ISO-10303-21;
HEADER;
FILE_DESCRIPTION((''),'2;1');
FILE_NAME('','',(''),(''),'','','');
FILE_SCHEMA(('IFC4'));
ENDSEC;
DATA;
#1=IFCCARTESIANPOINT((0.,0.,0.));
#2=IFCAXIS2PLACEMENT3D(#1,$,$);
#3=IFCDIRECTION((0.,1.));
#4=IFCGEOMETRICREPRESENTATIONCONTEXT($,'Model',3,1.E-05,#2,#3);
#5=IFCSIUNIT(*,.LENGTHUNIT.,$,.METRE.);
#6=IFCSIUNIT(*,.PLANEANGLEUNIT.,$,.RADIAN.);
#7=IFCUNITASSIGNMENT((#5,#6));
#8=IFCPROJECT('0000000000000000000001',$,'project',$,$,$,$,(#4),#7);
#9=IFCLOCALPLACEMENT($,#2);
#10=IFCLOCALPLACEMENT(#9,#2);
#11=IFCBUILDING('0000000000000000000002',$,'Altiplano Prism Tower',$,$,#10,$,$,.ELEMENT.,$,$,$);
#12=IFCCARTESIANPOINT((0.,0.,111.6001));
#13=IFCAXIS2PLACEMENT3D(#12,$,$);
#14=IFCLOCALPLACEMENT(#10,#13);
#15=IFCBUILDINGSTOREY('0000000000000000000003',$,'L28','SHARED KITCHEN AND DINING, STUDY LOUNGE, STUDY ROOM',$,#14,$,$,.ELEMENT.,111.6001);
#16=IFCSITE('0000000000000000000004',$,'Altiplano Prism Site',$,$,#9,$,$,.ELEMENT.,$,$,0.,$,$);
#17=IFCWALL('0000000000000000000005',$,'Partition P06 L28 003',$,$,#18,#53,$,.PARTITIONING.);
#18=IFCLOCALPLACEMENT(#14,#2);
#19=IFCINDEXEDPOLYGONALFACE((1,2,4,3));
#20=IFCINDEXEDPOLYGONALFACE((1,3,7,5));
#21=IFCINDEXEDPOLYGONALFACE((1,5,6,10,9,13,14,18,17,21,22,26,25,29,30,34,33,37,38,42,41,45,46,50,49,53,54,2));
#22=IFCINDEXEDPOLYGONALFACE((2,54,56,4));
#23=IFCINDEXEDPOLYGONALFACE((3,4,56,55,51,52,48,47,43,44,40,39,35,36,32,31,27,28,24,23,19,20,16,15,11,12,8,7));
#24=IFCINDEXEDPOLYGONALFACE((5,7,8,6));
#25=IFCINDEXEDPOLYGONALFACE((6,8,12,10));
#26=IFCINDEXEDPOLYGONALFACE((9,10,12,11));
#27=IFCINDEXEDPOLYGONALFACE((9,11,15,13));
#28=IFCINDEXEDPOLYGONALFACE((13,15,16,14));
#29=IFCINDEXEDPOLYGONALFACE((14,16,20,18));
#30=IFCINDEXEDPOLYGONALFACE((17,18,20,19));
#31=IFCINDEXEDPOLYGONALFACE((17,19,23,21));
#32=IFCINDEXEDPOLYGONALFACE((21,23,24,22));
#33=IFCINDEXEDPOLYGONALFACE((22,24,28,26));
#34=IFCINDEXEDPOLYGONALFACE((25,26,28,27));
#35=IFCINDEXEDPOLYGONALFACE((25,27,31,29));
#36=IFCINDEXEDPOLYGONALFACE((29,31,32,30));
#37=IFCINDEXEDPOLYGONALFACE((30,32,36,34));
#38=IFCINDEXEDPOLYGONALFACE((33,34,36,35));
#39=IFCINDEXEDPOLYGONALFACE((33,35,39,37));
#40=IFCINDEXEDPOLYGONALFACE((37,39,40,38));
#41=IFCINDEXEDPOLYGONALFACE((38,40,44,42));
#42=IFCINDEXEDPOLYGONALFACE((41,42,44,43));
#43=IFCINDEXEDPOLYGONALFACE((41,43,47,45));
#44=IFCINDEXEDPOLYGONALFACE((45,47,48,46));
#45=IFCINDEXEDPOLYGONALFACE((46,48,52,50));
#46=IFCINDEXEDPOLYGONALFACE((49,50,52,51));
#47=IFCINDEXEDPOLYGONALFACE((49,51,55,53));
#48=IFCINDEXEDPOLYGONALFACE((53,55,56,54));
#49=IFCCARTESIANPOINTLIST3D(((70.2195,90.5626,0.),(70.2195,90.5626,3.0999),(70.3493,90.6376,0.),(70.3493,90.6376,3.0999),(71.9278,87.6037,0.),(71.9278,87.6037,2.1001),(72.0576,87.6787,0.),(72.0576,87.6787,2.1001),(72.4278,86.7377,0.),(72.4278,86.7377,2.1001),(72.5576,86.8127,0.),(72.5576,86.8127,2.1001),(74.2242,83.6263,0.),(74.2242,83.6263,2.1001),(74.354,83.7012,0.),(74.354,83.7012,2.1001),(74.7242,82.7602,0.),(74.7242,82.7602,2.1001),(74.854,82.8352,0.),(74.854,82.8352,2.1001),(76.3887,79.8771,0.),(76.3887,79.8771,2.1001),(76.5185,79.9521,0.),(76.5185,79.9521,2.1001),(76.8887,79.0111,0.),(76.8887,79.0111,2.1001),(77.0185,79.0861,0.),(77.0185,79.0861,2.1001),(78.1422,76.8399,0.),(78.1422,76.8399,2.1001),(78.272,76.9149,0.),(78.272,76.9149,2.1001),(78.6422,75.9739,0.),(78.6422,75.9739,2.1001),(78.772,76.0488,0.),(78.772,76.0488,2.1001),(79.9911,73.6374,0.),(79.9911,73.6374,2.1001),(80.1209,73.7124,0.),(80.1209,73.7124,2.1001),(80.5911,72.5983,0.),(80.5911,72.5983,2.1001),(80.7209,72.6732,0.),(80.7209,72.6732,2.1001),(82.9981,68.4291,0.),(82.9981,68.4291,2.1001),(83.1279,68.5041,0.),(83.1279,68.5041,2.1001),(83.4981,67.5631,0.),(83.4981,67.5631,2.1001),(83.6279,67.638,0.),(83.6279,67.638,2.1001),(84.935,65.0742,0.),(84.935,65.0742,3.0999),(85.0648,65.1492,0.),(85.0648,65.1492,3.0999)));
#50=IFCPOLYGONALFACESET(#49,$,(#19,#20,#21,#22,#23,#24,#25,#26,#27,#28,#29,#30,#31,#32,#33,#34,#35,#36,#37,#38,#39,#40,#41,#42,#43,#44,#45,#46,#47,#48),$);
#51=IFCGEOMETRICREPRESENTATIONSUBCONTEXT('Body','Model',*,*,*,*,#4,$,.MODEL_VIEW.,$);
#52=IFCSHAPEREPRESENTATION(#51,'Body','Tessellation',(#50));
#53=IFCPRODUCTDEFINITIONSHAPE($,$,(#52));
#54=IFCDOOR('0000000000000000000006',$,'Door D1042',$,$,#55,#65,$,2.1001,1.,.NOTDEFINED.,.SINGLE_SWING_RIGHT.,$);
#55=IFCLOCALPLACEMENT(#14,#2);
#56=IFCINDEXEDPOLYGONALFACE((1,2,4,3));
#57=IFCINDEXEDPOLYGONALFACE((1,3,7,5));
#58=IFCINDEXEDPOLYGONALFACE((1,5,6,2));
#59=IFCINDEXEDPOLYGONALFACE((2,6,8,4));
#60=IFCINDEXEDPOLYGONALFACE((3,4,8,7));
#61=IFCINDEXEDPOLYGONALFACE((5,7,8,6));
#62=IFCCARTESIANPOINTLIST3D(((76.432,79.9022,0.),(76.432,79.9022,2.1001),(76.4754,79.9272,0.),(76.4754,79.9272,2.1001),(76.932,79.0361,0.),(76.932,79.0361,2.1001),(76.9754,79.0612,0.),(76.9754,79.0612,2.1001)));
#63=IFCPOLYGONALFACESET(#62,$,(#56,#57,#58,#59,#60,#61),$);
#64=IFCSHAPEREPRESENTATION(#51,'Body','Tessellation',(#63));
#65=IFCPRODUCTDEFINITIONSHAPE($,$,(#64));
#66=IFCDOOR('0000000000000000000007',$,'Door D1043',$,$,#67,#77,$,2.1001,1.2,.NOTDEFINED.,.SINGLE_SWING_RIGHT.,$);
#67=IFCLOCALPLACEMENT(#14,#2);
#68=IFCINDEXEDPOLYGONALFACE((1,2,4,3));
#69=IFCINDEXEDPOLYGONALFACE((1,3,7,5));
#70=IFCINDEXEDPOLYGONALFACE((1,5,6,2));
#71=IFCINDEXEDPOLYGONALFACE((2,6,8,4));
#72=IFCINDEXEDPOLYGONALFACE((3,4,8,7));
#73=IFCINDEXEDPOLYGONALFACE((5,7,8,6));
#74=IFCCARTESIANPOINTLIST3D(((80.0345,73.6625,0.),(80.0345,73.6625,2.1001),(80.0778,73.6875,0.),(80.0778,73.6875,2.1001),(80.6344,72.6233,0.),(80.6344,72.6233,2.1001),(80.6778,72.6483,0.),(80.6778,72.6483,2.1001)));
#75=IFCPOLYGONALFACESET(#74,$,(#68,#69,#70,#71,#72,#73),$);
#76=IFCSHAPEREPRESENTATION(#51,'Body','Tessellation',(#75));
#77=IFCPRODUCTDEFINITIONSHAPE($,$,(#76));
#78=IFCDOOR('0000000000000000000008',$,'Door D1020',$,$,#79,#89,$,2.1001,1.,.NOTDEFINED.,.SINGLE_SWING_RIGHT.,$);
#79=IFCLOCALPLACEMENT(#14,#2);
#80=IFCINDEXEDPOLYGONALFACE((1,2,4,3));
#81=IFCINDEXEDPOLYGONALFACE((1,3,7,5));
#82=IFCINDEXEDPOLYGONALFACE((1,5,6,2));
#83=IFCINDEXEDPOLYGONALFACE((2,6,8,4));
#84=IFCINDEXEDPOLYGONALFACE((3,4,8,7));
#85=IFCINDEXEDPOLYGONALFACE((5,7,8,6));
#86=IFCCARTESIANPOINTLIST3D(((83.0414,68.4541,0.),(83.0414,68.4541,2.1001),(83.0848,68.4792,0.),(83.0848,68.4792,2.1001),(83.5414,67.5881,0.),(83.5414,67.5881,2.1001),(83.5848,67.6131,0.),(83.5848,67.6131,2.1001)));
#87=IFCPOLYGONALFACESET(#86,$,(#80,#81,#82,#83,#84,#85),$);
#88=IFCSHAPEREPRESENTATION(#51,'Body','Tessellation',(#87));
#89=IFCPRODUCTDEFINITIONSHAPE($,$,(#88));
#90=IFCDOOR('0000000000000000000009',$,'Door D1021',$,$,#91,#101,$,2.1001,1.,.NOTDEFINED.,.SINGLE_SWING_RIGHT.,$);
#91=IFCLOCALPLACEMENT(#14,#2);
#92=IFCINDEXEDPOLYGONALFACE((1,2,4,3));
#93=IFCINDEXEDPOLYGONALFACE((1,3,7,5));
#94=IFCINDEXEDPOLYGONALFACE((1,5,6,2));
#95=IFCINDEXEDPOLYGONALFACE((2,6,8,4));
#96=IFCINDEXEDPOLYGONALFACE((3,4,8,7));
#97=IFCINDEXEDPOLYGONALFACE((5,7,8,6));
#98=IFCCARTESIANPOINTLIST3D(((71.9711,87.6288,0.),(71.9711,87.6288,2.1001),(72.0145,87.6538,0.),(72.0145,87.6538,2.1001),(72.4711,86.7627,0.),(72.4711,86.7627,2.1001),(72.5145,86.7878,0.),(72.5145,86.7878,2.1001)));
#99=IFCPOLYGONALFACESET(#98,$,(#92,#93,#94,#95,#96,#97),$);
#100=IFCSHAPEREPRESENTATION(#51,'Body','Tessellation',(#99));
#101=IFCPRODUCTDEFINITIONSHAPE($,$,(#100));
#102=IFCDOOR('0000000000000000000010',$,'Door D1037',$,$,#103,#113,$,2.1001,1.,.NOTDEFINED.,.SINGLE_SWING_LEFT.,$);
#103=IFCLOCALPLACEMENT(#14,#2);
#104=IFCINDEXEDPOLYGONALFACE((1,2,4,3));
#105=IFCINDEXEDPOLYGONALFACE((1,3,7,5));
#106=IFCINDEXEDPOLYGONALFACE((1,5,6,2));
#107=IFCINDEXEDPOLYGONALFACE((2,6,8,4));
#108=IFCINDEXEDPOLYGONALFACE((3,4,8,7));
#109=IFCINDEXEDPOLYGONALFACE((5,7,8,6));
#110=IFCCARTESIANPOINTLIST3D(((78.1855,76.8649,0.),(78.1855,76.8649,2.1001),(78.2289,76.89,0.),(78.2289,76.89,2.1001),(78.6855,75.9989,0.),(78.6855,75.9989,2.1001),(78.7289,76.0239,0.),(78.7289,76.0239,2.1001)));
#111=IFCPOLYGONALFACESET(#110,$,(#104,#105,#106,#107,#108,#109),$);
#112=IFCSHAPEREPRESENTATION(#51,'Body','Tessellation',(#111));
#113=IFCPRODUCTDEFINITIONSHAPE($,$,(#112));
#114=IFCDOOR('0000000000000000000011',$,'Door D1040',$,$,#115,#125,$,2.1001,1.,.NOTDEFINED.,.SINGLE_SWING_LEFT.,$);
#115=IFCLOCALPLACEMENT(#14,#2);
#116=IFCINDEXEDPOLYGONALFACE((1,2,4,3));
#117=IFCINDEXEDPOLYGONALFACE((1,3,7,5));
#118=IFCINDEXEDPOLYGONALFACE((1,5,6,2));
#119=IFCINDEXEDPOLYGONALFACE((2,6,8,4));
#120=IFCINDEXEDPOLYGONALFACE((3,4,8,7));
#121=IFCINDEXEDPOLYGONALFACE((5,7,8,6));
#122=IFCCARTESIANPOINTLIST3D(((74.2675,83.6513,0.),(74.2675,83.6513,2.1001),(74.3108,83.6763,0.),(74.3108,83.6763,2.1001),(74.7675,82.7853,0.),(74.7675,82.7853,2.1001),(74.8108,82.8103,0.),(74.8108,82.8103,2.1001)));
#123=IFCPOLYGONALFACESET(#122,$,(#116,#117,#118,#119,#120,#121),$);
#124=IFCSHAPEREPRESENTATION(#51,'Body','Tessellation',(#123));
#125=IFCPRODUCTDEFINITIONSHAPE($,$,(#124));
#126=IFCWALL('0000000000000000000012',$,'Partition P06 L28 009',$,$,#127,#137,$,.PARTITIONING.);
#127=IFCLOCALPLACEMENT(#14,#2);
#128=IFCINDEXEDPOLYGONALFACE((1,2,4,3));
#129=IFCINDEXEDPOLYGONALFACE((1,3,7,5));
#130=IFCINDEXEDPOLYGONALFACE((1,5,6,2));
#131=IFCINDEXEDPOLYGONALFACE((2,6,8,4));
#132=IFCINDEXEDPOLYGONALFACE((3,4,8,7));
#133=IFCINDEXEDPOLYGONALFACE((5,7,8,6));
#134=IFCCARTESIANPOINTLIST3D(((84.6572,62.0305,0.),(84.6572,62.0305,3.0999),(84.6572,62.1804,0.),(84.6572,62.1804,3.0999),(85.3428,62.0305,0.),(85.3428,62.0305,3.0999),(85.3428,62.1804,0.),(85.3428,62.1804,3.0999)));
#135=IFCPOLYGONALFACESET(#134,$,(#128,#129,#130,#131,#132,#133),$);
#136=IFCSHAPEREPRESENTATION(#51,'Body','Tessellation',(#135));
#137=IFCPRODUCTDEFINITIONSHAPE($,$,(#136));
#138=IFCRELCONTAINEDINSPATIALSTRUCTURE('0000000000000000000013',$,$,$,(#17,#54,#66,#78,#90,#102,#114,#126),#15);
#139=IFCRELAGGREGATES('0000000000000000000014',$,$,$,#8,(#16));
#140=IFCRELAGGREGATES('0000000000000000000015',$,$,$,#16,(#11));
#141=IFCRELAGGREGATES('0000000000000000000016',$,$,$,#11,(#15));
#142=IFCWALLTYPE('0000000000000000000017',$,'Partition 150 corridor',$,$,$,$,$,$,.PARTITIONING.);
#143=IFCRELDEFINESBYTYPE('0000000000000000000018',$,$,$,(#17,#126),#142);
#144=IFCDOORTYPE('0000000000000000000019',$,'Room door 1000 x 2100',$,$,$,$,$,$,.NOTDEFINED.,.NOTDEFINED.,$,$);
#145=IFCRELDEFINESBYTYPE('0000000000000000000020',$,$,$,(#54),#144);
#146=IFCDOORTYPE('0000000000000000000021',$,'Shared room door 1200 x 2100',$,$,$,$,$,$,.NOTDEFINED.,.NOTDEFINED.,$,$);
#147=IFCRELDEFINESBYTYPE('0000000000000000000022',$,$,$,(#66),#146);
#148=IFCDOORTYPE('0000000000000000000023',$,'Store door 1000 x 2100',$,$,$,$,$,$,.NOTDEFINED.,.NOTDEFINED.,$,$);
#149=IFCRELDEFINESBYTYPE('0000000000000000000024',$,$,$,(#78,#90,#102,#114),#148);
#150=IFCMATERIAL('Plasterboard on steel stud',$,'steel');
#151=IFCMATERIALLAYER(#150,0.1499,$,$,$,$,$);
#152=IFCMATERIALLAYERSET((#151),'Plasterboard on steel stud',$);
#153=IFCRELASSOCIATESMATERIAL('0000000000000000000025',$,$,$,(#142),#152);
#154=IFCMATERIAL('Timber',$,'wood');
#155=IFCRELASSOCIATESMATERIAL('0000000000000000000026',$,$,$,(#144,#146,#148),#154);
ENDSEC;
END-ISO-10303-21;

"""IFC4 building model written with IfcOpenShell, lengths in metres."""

from ifc_helpers import new_model, si_unit, direction, frame, frame_2d, origin, place, context, subcontext, project, spatial, rectangle, extrude, material, layer, layer_set, type_object, element, fill, save


model = new_model("IFC4")

# Units and contexts
model_context = context("Model", 3, precision=1e-05, world=origin(), true_north=direction((0.0, 1.0)))
body_context = subcontext(model_context, "Body", "Model", "MODEL_VIEW")
ifc_project = project(units=[si_unit("LENGTHUNIT", "METRE"), si_unit("PLANEANGLEUNIT", "RADIAN")], contexts=[model_context])

# Site, building, storey
site_placement = place(None, origin())
site = spatial("IfcSite", under=ifc_project, at=site_placement, Name="Altiplano Prism Site", CompositionType="ELEMENT", RefElevation=0.0)
building_placement = place(site_placement, origin())
building = spatial("IfcBuilding", under=site, at=building_placement, Name="Altiplano Prism Tower", CompositionType="ELEMENT")
storey_placement = place(building_placement, frame((0.0, 0.0, 111.6001)))
storey = spatial("IfcBuildingStorey", under=building, at=storey_placement, Name="L28", Description="SHARED KITCHEN AND DINING, STUDY LOUNGE, STUDY ROOM", CompositionType="ELEMENT", Elevation=111.6001)

# Shared definitions
ifc_material_1 = material(Name="Plasterboard on steel stud", Category="steel")

# Wall, openings, doors
ifc_layer_1 = layer(ifc_material_1, 0.1499)
ifc_layer_set_1 = layer_set([ifc_layer_1], Name="Plasterboard on steel stud")
wall_type_1 = type_object("IfcWallType", Name="Partition 150 corridor", PredefinedType="PARTITIONING", material=ifc_layer_set_1)
wall_1_placement = place(storey_placement, frame((85.0, 65.1116, 0.0), z_axis=(0.0, 0.0, 1.0), x_axis=(-0.499994, 0.866029, 0.0)))
wall_1 = element("IfcWall", 1, at=wall_1_placement, inside=storey, type_object=wall_type_1, Name="Partition P06 L28 003", PredefinedType="PARTITIONING", context=body_context, shape_type="SweptSolid", body=[
    extrude(rectangle(XDim=29.4314, YDim=0.1499, at=frame_2d((14.7158, 0.0))), origin(), (0.0, 0.0, 1.0), 3.0999),
])
opening_1_placement = place(wall_1_placement, frame((2.874, 0.0, 0.0)))
opening_1 = element("IfcOpeningElement", 2, at=opening_1_placement, cuts=wall_1, PredefinedType="OPENING", context=body_context, shape_type="SweptSolid", body=[
    extrude(rectangle(XDim=1.0, YDim=2.1001, at=frame_2d((0.5, 1.05))), frame((0.0, 0.0854, 0.0), z_axis=(0.0, -1.0, 0.0), x_axis=(1.0, 0.0, 0.0)), (0.0, 0.0, 1.0), 0.1709),
])
opening_2_placement = place(wall_1_placement, frame((25.0149, 0.0, 0.0)))
opening_2 = element("IfcOpeningElement", 3, at=opening_2_placement, cuts=wall_1, PredefinedType="OPENING", context=body_context, shape_type="SweptSolid", body=[
    extrude(rectangle(XDim=1.0, YDim=2.1001, at=frame_2d((0.5, 1.05))), frame((0.0, 0.0854, 0.0), z_axis=(0.0, -1.0, 0.0), x_axis=(1.0, 0.0, 0.0)), (0.0, 0.0, 1.0), 0.1709),
])
opening_3_placement = place(wall_1_placement, frame((12.5859, 0.0, 0.0)))
opening_3 = element("IfcOpeningElement", 4, at=opening_3_placement, cuts=wall_1, PredefinedType="OPENING", context=body_context, shape_type="SweptSolid", body=[
    extrude(rectangle(XDim=1.0, YDim=2.1001, at=frame_2d((0.5, 1.05))), frame((0.0, 0.0854, 0.0), z_axis=(0.0, -1.0, 0.0), x_axis=(1.0, 0.0, 0.0)), (0.0, 0.0, 1.0), 0.1709),
])
opening_4_placement = place(wall_1_placement, frame((20.4221, 0.0, 0.0)))
opening_4 = element("IfcOpeningElement", 5, at=opening_4_placement, cuts=wall_1, PredefinedType="OPENING", context=body_context, shape_type="SweptSolid", body=[
    extrude(rectangle(XDim=1.0, YDim=2.1001, at=frame_2d((0.5, 1.05))), frame((0.0, 0.0854, 0.0), z_axis=(0.0, -1.0, 0.0), x_axis=(1.0, 0.0, 0.0)), (0.0, 0.0, 1.0), 0.1709),
])
opening_5_placement = place(wall_1_placement, frame((16.093, 0.0, 0.0)))
opening_5 = element("IfcOpeningElement", 6, at=opening_5_placement, cuts=wall_1, PredefinedType="OPENING", context=body_context, shape_type="SweptSolid", body=[
    extrude(rectangle(XDim=1.0, YDim=2.1001, at=frame_2d((0.5, 1.05))), frame((0.0, 0.0854, 0.0), z_axis=(0.0, -1.0, 0.0), x_axis=(1.0, 0.0, 0.0)), (0.0, 0.0, 1.0), 0.1709),
])
opening_6_placement = place(wall_1_placement, frame((8.688, 0.0, 0.0)))
opening_6 = element("IfcOpeningElement", 7, at=opening_6_placement, cuts=wall_1, PredefinedType="OPENING", context=body_context, shape_type="SweptSolid", body=[
    extrude(rectangle(XDim=1.2, YDim=2.1001, at=frame_2d((0.6001, 1.05))), frame((0.0, 0.0854, 0.0), z_axis=(0.0, -1.0, 0.0), x_axis=(1.0, 0.0, 0.0)), (0.0, 0.0, 1.0), 0.1709),
])
ifc_material_2 = material(Name="Timber", Category="wood")
door_type_1 = type_object("IfcDoorType", Name="Room door 1000 x 2100", OperationType="NOTDEFINED", PredefinedType="NOTDEFINED", material=ifc_material_2)
door_1_placement = place(opening_5_placement, origin())
door_1 = element("IfcDoor", 8, at=door_1_placement, inside=storey, type_object=door_type_1, Name="Door D1042", OperationType="SINGLE_SWING_RIGHT", OverallHeight=2.1001, OverallWidth=1.0, PredefinedType="NOTDEFINED", context=body_context, shape_type="SweptSolid", body=[
    extrude(rectangle(XDim=1.0, YDim=2.1001, at=frame_2d((0.5, 1.05))), frame((0.0, 0.0249, 0.0), z_axis=(0.0, -1.0, 0.0), x_axis=(1.0, 0.0, 0.0)), (0.0, 0.0, 1.0), 0.05),
])
fill(opening_5, door_1)
door_type_2 = type_object("IfcDoorType", Name="Shared room door 1200 x 2100", OperationType="NOTDEFINED", PredefinedType="NOTDEFINED", material=ifc_material_2)
door_2_placement = place(opening_6_placement, origin())
door_2 = element("IfcDoor", 9, at=door_2_placement, inside=storey, type_object=door_type_2, Name="Door D1043", OperationType="SINGLE_SWING_RIGHT", OverallHeight=2.1001, OverallWidth=1.2, PredefinedType="NOTDEFINED", context=body_context, shape_type="SweptSolid", body=[
    extrude(rectangle(XDim=1.2, YDim=2.1001, at=frame_2d((0.6001, 1.05))), frame((0.0, 0.0249, 0.0), z_axis=(0.0, -1.0, 0.0), x_axis=(1.0, 0.0, 0.0)), (0.0, 0.0, 1.0), 0.05),
])
fill(opening_6, door_2)
door_type_3 = type_object("IfcDoorType", Name="Store door 1000 x 2100", OperationType="NOTDEFINED", PredefinedType="NOTDEFINED", material=ifc_material_2)
door_3_placement = place(opening_1_placement, origin())
door_3 = element("IfcDoor", 10, at=door_3_placement, inside=storey, type_object=door_type_3, Name="Door D1020", OperationType="SINGLE_SWING_RIGHT", OverallHeight=2.1001, OverallWidth=1.0, PredefinedType="NOTDEFINED", context=body_context, shape_type="SweptSolid", body=[
    extrude(rectangle(XDim=1.0, YDim=2.1001, at=frame_2d((0.5, 1.05))), frame((0.0, 0.0249, 0.0), z_axis=(0.0, -1.0, 0.0), x_axis=(1.0, 0.0, 0.0)), (0.0, 0.0, 1.0), 0.05),
])
fill(opening_1, door_3)
door_4_placement = place(opening_2_placement, origin())
door_4 = element("IfcDoor", 11, at=door_4_placement, inside=storey, type_object=door_type_3, Name="Door D1021", OperationType="SINGLE_SWING_RIGHT", OverallHeight=2.1001, OverallWidth=1.0, PredefinedType="NOTDEFINED", context=body_context, shape_type="SweptSolid", body=[
    extrude(rectangle(XDim=1.0, YDim=2.1001, at=frame_2d((0.5, 1.05))), frame((0.0, 0.0249, 0.0), z_axis=(0.0, -1.0, 0.0), x_axis=(1.0, 0.0, 0.0)), (0.0, 0.0, 1.0), 0.05),
])
fill(opening_2, door_4)
door_5_placement = place(opening_3_placement, origin())
door_5 = element("IfcDoor", 12, at=door_5_placement, inside=storey, type_object=door_type_3, Name="Door D1037", OperationType="SINGLE_SWING_LEFT", OverallHeight=2.1001, OverallWidth=1.0, PredefinedType="NOTDEFINED", context=body_context, shape_type="SweptSolid", body=[
    extrude(rectangle(XDim=1.0, YDim=2.1001, at=frame_2d((0.5, 1.05))), frame((0.0, 0.0249, 0.0), z_axis=(0.0, -1.0, 0.0), x_axis=(1.0, 0.0, 0.0)), (0.0, 0.0, 1.0), 0.05),
])
fill(opening_3, door_5)
door_6_placement = place(opening_4_placement, origin())
door_6 = element("IfcDoor", 13, at=door_6_placement, inside=storey, type_object=door_type_3, Name="Door D1040", OperationType="SINGLE_SWING_LEFT", OverallHeight=2.1001, OverallWidth=1.0, PredefinedType="NOTDEFINED", context=body_context, shape_type="SweptSolid", body=[
    extrude(rectangle(XDim=1.0, YDim=2.1001, at=frame_2d((0.5, 1.05))), frame((0.0, 0.0249, 0.0), z_axis=(0.0, -1.0, 0.0), x_axis=(1.0, 0.0, 0.0)), (0.0, 0.0, 1.0), 0.05),
])
fill(opening_4, door_6)

# Wall
wall_2_placement = place(storey_placement, frame((84.6572, 62.1055, 0.0), z_axis=(0.0, 0.0, 1.0), x_axis=(1.0, 0.0, 0.0)))
element("IfcWall", 14, at=wall_2_placement, inside=storey, type_object=wall_type_1, Name="Partition P06 L28 009", PredefinedType="PARTITIONING", context=body_context, shape_type="SweptSolid", body=[
    extrude(rectangle(XDim=0.6855, YDim=0.1499, at=frame_2d((0.3428, 0.0))), origin(), (0.0, 0.0, 1.0), 3.0999),
])

save(model, "model.ifc")
